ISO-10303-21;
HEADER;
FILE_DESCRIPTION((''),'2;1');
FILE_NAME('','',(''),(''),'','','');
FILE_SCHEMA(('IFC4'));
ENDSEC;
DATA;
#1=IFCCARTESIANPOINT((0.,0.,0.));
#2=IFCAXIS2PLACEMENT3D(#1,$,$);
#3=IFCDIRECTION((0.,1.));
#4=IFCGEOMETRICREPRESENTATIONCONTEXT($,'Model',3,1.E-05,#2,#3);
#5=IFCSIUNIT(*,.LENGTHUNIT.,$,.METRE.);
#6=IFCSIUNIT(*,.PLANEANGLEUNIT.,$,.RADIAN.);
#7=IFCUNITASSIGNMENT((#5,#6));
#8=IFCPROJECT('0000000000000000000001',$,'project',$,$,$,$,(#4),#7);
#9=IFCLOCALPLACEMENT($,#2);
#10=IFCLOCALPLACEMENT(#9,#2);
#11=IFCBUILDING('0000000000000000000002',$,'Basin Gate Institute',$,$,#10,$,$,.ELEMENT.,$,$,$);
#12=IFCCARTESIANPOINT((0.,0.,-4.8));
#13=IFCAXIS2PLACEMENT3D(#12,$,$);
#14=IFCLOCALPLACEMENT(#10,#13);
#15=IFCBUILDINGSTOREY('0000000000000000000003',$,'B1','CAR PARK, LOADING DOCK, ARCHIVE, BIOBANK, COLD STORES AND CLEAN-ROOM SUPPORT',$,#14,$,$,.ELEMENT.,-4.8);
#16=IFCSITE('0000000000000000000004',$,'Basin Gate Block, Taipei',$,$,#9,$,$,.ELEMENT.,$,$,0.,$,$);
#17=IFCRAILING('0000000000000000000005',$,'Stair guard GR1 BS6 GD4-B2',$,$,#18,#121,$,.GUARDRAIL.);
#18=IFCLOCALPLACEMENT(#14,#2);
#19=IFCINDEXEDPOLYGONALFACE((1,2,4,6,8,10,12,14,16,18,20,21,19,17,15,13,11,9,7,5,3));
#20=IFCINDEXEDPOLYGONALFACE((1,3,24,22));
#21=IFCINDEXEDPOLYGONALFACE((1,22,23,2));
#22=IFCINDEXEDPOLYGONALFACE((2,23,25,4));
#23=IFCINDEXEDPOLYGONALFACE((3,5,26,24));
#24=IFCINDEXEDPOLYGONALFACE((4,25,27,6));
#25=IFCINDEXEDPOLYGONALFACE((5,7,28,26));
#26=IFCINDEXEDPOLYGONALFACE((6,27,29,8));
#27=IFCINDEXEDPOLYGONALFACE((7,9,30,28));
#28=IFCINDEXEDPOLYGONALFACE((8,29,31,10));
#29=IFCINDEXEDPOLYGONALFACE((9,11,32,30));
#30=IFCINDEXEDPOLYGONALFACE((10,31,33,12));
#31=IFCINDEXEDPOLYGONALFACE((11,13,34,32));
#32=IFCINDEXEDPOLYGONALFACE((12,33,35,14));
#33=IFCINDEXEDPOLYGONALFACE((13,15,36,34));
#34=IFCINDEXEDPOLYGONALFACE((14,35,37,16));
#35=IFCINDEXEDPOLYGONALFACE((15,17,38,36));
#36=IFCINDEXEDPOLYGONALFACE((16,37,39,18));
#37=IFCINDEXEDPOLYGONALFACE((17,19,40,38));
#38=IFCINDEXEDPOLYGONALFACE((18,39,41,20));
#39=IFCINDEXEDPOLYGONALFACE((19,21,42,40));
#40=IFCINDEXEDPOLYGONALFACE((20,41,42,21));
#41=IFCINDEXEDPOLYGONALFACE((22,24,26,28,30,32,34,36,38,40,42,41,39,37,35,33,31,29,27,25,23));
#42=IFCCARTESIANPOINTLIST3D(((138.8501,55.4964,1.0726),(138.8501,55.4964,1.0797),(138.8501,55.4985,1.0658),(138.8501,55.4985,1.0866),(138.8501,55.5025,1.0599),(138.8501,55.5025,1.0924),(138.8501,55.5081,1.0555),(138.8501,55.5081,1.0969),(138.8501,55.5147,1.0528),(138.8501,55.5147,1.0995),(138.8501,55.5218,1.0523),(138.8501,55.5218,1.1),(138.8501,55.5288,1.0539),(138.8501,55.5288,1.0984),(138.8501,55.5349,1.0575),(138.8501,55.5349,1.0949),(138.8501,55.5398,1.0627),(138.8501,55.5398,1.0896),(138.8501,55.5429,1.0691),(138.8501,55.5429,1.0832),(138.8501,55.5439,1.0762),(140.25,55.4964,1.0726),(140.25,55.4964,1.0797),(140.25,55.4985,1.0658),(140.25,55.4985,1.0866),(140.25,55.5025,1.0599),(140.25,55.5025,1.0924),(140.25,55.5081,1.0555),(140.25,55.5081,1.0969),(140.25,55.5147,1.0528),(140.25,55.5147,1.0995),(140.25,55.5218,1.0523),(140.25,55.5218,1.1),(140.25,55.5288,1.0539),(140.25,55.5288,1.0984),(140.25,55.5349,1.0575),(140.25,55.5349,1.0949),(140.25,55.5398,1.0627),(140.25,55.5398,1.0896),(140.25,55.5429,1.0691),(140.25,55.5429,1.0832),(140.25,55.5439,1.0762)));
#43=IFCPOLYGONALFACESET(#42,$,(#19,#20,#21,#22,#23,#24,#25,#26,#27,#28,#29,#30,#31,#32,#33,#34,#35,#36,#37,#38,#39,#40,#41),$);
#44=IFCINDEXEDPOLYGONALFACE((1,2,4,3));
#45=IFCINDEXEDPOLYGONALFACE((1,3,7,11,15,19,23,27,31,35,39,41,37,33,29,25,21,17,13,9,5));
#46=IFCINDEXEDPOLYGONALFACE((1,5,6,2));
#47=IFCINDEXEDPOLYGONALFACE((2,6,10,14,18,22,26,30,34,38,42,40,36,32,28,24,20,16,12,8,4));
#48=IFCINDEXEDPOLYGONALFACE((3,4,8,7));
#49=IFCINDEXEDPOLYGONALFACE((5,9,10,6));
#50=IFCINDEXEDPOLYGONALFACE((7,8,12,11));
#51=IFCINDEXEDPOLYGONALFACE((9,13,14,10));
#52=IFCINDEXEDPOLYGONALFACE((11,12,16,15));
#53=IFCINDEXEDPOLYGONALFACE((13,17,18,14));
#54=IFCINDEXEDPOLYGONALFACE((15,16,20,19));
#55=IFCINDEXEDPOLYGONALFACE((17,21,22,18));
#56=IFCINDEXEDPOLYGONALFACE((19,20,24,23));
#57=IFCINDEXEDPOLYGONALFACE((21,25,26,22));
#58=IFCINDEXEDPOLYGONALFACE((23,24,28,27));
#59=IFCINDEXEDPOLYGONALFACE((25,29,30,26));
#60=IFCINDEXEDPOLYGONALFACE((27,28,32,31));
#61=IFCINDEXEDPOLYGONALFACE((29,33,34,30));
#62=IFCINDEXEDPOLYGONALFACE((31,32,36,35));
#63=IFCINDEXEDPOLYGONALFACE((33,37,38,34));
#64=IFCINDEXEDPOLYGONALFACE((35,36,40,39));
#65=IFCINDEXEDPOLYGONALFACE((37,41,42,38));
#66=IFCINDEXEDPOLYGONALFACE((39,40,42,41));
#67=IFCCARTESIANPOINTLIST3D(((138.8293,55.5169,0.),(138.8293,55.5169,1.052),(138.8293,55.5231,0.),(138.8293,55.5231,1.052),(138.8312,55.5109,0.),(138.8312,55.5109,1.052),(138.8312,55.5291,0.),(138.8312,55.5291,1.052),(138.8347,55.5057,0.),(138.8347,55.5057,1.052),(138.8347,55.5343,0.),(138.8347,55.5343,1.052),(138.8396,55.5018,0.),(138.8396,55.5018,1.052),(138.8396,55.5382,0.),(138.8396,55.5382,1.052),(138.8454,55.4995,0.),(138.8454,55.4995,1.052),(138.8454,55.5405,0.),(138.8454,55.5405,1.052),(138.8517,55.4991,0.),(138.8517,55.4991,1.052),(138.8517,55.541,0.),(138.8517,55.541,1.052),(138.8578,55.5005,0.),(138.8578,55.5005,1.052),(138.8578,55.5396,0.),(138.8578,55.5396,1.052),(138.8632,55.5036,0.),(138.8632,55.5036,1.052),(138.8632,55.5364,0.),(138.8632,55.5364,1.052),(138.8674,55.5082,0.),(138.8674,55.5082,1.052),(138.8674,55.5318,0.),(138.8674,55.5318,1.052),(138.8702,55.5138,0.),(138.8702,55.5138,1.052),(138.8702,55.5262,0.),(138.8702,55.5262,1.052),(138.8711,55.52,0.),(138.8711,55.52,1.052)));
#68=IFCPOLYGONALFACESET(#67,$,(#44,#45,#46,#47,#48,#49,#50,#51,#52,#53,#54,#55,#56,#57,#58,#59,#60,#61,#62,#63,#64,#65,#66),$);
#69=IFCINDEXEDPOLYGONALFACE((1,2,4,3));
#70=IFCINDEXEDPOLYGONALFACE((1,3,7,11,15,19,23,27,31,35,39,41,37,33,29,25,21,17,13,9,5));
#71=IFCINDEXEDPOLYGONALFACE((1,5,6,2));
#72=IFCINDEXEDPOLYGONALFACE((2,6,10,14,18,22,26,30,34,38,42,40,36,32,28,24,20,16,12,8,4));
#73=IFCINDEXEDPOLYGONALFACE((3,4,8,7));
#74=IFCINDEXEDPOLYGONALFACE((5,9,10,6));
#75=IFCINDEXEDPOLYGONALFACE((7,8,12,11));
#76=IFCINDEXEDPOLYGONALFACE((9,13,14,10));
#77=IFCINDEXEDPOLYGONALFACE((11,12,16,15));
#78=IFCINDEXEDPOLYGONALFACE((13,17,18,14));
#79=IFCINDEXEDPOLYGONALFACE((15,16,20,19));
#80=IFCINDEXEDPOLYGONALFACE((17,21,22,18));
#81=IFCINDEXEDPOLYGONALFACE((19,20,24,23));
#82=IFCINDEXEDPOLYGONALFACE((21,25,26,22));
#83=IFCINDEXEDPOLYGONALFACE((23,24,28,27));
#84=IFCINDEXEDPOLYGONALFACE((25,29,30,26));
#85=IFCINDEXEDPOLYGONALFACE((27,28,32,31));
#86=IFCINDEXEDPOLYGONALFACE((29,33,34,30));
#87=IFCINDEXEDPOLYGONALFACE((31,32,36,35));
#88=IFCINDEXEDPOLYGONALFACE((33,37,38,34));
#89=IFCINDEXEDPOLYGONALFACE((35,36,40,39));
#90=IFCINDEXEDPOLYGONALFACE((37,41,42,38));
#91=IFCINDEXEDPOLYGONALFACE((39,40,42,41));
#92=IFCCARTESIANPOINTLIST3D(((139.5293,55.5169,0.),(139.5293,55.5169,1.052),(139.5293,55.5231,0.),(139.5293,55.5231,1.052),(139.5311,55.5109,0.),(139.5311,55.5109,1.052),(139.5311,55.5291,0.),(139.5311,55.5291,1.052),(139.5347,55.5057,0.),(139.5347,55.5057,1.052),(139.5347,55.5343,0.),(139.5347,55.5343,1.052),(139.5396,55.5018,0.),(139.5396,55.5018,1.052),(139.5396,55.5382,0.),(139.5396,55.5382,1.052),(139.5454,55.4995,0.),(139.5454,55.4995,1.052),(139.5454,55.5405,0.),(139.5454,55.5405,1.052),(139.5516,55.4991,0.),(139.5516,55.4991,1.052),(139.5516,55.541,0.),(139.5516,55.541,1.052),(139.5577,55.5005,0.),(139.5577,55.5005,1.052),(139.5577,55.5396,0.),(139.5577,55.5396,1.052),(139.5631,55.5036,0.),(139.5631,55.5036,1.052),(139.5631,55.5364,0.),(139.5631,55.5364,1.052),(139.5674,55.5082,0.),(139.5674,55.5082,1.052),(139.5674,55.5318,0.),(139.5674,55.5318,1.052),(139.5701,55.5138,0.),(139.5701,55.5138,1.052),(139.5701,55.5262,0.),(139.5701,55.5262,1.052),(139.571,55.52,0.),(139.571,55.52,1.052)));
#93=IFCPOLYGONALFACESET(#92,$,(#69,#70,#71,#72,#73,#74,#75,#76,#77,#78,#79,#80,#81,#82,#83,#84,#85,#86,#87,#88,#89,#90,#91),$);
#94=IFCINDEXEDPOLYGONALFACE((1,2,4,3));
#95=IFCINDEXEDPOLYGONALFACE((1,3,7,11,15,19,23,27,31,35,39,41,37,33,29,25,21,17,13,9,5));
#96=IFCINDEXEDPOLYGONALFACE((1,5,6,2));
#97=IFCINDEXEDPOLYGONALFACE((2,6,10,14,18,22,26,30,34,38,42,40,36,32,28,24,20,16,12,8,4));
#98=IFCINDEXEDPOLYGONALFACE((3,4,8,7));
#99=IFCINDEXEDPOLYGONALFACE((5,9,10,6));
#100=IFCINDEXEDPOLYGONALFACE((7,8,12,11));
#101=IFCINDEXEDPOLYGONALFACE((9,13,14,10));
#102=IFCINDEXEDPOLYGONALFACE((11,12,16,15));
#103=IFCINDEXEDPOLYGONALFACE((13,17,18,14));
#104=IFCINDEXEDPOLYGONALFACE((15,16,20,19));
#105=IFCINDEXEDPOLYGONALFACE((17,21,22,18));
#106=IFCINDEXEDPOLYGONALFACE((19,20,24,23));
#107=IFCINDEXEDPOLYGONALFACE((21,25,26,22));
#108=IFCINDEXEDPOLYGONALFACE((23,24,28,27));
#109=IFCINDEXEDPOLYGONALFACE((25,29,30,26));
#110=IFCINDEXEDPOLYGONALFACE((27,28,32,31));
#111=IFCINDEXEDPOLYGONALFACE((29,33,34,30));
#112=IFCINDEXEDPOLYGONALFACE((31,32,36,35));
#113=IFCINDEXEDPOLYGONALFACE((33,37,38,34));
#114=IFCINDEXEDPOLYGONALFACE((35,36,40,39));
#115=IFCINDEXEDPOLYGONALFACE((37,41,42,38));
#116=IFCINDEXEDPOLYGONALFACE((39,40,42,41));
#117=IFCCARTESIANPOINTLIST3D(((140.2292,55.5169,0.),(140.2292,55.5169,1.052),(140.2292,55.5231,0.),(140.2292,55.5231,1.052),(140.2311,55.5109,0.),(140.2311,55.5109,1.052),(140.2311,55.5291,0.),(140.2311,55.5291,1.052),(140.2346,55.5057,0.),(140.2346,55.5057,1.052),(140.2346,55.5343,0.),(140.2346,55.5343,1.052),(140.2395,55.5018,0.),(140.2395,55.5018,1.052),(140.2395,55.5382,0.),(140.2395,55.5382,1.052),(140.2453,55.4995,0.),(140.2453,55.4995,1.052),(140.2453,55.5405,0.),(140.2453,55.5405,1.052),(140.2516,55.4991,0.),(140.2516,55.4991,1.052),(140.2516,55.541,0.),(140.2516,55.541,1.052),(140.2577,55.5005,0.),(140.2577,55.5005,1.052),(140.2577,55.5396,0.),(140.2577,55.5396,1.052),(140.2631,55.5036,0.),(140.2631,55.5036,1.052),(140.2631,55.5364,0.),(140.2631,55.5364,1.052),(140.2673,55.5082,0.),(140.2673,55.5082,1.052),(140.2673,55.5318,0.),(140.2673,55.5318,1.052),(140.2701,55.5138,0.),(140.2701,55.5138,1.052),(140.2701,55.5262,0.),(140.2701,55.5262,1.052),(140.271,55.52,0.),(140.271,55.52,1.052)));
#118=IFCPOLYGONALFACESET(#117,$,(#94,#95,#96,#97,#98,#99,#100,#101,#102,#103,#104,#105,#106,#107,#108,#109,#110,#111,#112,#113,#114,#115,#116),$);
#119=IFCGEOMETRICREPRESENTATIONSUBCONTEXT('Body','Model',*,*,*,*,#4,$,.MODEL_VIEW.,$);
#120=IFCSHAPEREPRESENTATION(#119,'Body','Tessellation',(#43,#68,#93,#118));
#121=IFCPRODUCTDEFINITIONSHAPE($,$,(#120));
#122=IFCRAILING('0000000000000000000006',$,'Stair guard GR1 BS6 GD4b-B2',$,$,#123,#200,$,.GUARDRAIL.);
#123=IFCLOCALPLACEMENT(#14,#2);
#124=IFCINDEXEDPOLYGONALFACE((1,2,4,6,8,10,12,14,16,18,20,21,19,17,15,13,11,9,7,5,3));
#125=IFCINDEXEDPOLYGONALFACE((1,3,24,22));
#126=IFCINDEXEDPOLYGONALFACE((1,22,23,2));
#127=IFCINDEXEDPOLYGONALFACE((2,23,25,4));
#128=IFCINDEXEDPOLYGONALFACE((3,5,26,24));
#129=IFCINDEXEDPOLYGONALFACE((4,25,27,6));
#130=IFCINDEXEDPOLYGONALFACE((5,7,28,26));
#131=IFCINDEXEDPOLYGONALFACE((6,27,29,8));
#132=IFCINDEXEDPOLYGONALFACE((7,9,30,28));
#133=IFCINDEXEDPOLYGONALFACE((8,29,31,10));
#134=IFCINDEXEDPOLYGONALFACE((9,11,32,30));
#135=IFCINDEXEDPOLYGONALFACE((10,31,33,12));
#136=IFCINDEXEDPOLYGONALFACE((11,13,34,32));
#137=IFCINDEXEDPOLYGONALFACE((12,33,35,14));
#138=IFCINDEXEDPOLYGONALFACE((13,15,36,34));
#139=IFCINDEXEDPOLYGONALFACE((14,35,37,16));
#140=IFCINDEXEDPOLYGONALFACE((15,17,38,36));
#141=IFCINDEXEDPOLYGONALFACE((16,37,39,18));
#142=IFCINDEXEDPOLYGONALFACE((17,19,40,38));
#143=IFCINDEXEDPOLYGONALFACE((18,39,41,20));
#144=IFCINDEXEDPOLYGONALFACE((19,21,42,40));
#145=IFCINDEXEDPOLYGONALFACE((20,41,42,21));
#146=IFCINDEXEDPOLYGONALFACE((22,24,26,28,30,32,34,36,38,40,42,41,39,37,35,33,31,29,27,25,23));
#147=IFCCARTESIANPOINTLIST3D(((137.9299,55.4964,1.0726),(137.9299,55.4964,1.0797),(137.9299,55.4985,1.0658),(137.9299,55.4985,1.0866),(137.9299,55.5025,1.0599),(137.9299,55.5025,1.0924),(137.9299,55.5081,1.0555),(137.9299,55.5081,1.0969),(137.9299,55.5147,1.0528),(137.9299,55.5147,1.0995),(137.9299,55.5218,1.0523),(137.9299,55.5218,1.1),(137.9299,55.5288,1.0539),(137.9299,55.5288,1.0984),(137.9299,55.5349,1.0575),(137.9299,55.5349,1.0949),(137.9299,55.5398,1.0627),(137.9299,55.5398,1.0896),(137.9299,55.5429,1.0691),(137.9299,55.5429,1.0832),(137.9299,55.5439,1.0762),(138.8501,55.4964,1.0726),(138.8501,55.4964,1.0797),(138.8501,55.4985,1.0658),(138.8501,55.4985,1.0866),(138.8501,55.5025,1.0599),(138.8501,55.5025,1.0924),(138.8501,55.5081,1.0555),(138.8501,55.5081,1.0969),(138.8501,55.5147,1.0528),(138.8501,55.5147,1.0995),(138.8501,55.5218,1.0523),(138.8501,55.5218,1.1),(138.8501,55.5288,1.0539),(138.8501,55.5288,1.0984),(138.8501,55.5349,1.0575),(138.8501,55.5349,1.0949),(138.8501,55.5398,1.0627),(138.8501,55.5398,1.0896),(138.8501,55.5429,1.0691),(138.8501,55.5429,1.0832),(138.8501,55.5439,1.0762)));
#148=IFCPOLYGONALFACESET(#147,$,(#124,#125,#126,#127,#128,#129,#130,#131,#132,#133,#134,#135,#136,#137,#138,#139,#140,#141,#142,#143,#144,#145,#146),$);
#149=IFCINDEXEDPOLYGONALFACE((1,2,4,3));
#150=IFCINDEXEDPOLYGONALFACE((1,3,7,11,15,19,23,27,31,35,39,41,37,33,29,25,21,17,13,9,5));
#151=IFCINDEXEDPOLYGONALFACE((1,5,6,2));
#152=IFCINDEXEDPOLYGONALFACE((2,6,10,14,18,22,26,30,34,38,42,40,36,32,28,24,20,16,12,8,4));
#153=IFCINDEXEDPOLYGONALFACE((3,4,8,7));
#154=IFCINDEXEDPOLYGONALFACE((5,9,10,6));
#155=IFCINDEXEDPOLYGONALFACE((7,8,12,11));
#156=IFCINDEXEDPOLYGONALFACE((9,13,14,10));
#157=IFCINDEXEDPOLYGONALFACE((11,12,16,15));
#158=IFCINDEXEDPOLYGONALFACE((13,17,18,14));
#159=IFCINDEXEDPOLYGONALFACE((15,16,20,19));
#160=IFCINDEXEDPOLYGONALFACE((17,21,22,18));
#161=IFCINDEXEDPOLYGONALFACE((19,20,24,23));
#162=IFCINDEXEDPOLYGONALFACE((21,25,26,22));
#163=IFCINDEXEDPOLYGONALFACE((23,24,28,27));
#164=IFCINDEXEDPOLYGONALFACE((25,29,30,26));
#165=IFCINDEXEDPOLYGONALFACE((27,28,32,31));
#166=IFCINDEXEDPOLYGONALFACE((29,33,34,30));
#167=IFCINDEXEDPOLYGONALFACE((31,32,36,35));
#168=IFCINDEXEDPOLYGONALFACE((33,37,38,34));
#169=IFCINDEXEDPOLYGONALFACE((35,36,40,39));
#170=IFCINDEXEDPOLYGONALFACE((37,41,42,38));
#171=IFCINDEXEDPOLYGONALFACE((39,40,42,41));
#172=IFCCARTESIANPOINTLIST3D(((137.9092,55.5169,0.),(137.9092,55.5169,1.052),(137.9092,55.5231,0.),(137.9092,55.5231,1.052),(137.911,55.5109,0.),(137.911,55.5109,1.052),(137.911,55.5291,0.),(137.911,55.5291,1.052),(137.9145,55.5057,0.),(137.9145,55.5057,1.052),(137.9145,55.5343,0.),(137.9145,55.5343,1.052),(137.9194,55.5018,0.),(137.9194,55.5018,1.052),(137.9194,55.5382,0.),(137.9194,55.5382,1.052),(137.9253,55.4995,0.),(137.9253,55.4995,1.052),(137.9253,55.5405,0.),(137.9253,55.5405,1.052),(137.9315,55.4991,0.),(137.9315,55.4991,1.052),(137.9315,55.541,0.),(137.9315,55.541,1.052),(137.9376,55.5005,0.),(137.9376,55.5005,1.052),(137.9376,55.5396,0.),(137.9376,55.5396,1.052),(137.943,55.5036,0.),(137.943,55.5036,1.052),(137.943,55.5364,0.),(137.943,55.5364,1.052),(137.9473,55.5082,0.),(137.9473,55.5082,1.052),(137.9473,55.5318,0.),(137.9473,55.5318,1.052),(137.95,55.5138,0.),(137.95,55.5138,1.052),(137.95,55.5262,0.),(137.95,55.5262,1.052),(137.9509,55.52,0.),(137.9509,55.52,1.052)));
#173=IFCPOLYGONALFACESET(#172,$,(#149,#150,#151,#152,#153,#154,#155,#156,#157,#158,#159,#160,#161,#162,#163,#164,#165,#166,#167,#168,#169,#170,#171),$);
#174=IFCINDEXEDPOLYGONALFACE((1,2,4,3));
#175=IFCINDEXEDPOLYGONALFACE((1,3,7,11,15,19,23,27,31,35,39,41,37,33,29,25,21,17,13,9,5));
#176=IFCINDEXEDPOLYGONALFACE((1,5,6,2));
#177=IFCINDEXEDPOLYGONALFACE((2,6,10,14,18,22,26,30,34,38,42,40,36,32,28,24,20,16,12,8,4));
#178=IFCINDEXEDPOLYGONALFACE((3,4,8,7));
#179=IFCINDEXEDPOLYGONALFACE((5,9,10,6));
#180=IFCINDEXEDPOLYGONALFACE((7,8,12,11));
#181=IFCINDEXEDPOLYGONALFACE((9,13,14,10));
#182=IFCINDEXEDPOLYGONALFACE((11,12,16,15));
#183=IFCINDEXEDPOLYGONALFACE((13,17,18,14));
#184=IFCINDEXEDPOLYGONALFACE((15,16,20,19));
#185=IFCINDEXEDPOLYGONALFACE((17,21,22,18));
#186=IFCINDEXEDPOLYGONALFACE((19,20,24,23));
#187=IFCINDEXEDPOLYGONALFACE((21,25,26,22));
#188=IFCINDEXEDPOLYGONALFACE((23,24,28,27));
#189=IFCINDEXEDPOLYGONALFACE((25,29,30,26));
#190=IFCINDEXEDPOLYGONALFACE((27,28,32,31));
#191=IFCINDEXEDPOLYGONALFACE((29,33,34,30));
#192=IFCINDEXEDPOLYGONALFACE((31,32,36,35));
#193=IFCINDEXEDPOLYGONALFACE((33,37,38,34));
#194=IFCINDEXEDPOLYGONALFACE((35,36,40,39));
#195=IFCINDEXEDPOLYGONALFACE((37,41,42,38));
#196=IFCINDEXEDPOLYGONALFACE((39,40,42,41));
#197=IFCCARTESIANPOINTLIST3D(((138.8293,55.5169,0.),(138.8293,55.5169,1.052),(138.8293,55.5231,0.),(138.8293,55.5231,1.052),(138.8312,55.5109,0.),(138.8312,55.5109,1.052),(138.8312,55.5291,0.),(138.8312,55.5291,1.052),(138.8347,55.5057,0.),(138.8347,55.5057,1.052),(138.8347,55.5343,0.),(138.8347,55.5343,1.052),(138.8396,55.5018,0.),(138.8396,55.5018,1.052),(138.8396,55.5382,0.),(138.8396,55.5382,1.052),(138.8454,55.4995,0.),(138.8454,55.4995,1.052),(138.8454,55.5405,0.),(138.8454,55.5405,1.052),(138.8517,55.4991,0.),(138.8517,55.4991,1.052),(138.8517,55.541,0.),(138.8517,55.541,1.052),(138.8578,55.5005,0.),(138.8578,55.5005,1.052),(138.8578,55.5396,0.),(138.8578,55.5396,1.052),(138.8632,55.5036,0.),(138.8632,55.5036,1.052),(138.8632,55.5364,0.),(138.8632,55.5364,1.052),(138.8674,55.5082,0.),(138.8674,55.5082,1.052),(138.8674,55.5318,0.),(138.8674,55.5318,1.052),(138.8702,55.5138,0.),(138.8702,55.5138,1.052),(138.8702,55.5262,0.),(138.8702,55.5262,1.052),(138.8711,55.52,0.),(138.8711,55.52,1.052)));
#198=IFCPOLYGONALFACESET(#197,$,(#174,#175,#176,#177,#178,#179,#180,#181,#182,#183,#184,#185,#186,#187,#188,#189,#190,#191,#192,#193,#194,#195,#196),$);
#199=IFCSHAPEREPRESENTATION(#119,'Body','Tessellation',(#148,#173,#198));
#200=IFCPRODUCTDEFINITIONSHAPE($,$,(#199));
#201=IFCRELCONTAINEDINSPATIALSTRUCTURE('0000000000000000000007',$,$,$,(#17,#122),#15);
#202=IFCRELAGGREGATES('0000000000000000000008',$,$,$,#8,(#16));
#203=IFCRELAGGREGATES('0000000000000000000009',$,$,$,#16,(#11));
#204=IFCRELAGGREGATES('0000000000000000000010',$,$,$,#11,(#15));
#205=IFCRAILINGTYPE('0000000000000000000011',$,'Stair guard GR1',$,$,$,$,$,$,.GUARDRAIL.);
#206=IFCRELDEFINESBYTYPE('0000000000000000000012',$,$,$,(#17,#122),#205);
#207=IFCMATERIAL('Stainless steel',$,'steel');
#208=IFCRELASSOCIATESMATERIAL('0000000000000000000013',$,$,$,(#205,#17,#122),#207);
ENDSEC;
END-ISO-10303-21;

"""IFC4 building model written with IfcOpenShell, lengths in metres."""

from ifc_helpers import new_model, si_unit, direction, frame, origin, origin_2d, place, context, subcontext, project, spatial, circle, extrude, material, type_object, element, save


model = new_model("IFC4")

# Units and contexts
model_context = context("Model", 3, precision=1e-05, world=origin(), true_north=direction((0.0, 1.0)))
body_context = subcontext(model_context, "Body", "Model", "MODEL_VIEW")
ifc_project = project(units=[si_unit("LENGTHUNIT", "METRE"), si_unit("PLANEANGLEUNIT", "RADIAN")], contexts=[model_context])

# Site, building, storey
site_placement = place(None, origin())
site = spatial("IfcSite", under=ifc_project, at=site_placement, Name="Basin Gate Block, Taipei", CompositionType="ELEMENT", RefElevation=0.0)
building_placement = place(site_placement, origin())
building = spatial("IfcBuilding", under=site, at=building_placement, Name="Basin Gate Institute", CompositionType="ELEMENT")
storey_placement = place(building_placement, frame((0.0, 0.0, -4.8)))
storey = spatial("IfcBuildingStorey", under=building, at=storey_placement, Name="B1", Description="CAR PARK, LOADING DOCK, ARCHIVE, BIOBANK, COLD STORES AND CLEAN-ROOM SUPPORT", CompositionType="ELEMENT", Elevation=-4.8)

# Railings
ifc_material_1 = material(Name="Stainless steel", Category="steel")
railing_type_1 = type_object("IfcRailingType", Name="Stair guard GR1", PredefinedType="GUARDRAIL", material=ifc_material_1)
railing_1_placement = place(storey_placement, frame((138.8501, 55.52, 0.0)))
element("IfcRailing", 1, at=railing_1_placement, inside=storey, type_object=railing_type_1, material=ifc_material_1, Name="Stair guard GR1 BS6 GD4-B2", PredefinedType="GUARDRAIL", context=body_context, shape_type="SweptSolid", body=[
    extrude(circle(Radius=0.0239, at=origin_2d()), frame((0.0, 0.0, 1.0762), z_axis=(1.0, 0.0, 0.0), x_axis=(0.0, 1.0, 0.0)), (0.0, 0.0, 1.0), 1.3999),
    extrude(circle(Radius=0.021, at=origin_2d()), origin(), (0.0, 0.0, 1.0), 1.052),
    extrude(circle(Radius=0.021, at=origin_2d()), frame((0.7, 0.0, 0.0)), (0.0, 0.0, 1.0), 1.052),
    extrude(circle(Radius=0.021, at=origin_2d()), frame((1.3999, 0.0, 0.0)), (0.0, 0.0, 1.0), 1.052),
])
railing_2_placement = place(storey_placement, frame((137.9299, 55.52, 0.0)))
element("IfcRailing", 2, at=railing_2_placement, inside=storey, type_object=railing_type_1, material=ifc_material_1, Name="Stair guard GR1 BS6 GD4b-B2", PredefinedType="GUARDRAIL", context=body_context, shape_type="SweptSolid", body=[
    extrude(circle(Radius=0.0239, at=origin_2d()), frame((0.0, 0.0, 1.0762), z_axis=(1.0, 0.0, 0.0), x_axis=(0.0, 1.0, 0.0)), (0.0, 0.0, 1.0), 0.9202),
    extrude(circle(Radius=0.021, at=origin_2d()), origin(), (0.0, 0.0, 1.0), 1.052),
    extrude(circle(Radius=0.021, at=origin_2d()), frame((0.9202, 0.0, 0.0)), (0.0, 0.0, 1.0), 1.052),
])

save(model, "model.ifc")
